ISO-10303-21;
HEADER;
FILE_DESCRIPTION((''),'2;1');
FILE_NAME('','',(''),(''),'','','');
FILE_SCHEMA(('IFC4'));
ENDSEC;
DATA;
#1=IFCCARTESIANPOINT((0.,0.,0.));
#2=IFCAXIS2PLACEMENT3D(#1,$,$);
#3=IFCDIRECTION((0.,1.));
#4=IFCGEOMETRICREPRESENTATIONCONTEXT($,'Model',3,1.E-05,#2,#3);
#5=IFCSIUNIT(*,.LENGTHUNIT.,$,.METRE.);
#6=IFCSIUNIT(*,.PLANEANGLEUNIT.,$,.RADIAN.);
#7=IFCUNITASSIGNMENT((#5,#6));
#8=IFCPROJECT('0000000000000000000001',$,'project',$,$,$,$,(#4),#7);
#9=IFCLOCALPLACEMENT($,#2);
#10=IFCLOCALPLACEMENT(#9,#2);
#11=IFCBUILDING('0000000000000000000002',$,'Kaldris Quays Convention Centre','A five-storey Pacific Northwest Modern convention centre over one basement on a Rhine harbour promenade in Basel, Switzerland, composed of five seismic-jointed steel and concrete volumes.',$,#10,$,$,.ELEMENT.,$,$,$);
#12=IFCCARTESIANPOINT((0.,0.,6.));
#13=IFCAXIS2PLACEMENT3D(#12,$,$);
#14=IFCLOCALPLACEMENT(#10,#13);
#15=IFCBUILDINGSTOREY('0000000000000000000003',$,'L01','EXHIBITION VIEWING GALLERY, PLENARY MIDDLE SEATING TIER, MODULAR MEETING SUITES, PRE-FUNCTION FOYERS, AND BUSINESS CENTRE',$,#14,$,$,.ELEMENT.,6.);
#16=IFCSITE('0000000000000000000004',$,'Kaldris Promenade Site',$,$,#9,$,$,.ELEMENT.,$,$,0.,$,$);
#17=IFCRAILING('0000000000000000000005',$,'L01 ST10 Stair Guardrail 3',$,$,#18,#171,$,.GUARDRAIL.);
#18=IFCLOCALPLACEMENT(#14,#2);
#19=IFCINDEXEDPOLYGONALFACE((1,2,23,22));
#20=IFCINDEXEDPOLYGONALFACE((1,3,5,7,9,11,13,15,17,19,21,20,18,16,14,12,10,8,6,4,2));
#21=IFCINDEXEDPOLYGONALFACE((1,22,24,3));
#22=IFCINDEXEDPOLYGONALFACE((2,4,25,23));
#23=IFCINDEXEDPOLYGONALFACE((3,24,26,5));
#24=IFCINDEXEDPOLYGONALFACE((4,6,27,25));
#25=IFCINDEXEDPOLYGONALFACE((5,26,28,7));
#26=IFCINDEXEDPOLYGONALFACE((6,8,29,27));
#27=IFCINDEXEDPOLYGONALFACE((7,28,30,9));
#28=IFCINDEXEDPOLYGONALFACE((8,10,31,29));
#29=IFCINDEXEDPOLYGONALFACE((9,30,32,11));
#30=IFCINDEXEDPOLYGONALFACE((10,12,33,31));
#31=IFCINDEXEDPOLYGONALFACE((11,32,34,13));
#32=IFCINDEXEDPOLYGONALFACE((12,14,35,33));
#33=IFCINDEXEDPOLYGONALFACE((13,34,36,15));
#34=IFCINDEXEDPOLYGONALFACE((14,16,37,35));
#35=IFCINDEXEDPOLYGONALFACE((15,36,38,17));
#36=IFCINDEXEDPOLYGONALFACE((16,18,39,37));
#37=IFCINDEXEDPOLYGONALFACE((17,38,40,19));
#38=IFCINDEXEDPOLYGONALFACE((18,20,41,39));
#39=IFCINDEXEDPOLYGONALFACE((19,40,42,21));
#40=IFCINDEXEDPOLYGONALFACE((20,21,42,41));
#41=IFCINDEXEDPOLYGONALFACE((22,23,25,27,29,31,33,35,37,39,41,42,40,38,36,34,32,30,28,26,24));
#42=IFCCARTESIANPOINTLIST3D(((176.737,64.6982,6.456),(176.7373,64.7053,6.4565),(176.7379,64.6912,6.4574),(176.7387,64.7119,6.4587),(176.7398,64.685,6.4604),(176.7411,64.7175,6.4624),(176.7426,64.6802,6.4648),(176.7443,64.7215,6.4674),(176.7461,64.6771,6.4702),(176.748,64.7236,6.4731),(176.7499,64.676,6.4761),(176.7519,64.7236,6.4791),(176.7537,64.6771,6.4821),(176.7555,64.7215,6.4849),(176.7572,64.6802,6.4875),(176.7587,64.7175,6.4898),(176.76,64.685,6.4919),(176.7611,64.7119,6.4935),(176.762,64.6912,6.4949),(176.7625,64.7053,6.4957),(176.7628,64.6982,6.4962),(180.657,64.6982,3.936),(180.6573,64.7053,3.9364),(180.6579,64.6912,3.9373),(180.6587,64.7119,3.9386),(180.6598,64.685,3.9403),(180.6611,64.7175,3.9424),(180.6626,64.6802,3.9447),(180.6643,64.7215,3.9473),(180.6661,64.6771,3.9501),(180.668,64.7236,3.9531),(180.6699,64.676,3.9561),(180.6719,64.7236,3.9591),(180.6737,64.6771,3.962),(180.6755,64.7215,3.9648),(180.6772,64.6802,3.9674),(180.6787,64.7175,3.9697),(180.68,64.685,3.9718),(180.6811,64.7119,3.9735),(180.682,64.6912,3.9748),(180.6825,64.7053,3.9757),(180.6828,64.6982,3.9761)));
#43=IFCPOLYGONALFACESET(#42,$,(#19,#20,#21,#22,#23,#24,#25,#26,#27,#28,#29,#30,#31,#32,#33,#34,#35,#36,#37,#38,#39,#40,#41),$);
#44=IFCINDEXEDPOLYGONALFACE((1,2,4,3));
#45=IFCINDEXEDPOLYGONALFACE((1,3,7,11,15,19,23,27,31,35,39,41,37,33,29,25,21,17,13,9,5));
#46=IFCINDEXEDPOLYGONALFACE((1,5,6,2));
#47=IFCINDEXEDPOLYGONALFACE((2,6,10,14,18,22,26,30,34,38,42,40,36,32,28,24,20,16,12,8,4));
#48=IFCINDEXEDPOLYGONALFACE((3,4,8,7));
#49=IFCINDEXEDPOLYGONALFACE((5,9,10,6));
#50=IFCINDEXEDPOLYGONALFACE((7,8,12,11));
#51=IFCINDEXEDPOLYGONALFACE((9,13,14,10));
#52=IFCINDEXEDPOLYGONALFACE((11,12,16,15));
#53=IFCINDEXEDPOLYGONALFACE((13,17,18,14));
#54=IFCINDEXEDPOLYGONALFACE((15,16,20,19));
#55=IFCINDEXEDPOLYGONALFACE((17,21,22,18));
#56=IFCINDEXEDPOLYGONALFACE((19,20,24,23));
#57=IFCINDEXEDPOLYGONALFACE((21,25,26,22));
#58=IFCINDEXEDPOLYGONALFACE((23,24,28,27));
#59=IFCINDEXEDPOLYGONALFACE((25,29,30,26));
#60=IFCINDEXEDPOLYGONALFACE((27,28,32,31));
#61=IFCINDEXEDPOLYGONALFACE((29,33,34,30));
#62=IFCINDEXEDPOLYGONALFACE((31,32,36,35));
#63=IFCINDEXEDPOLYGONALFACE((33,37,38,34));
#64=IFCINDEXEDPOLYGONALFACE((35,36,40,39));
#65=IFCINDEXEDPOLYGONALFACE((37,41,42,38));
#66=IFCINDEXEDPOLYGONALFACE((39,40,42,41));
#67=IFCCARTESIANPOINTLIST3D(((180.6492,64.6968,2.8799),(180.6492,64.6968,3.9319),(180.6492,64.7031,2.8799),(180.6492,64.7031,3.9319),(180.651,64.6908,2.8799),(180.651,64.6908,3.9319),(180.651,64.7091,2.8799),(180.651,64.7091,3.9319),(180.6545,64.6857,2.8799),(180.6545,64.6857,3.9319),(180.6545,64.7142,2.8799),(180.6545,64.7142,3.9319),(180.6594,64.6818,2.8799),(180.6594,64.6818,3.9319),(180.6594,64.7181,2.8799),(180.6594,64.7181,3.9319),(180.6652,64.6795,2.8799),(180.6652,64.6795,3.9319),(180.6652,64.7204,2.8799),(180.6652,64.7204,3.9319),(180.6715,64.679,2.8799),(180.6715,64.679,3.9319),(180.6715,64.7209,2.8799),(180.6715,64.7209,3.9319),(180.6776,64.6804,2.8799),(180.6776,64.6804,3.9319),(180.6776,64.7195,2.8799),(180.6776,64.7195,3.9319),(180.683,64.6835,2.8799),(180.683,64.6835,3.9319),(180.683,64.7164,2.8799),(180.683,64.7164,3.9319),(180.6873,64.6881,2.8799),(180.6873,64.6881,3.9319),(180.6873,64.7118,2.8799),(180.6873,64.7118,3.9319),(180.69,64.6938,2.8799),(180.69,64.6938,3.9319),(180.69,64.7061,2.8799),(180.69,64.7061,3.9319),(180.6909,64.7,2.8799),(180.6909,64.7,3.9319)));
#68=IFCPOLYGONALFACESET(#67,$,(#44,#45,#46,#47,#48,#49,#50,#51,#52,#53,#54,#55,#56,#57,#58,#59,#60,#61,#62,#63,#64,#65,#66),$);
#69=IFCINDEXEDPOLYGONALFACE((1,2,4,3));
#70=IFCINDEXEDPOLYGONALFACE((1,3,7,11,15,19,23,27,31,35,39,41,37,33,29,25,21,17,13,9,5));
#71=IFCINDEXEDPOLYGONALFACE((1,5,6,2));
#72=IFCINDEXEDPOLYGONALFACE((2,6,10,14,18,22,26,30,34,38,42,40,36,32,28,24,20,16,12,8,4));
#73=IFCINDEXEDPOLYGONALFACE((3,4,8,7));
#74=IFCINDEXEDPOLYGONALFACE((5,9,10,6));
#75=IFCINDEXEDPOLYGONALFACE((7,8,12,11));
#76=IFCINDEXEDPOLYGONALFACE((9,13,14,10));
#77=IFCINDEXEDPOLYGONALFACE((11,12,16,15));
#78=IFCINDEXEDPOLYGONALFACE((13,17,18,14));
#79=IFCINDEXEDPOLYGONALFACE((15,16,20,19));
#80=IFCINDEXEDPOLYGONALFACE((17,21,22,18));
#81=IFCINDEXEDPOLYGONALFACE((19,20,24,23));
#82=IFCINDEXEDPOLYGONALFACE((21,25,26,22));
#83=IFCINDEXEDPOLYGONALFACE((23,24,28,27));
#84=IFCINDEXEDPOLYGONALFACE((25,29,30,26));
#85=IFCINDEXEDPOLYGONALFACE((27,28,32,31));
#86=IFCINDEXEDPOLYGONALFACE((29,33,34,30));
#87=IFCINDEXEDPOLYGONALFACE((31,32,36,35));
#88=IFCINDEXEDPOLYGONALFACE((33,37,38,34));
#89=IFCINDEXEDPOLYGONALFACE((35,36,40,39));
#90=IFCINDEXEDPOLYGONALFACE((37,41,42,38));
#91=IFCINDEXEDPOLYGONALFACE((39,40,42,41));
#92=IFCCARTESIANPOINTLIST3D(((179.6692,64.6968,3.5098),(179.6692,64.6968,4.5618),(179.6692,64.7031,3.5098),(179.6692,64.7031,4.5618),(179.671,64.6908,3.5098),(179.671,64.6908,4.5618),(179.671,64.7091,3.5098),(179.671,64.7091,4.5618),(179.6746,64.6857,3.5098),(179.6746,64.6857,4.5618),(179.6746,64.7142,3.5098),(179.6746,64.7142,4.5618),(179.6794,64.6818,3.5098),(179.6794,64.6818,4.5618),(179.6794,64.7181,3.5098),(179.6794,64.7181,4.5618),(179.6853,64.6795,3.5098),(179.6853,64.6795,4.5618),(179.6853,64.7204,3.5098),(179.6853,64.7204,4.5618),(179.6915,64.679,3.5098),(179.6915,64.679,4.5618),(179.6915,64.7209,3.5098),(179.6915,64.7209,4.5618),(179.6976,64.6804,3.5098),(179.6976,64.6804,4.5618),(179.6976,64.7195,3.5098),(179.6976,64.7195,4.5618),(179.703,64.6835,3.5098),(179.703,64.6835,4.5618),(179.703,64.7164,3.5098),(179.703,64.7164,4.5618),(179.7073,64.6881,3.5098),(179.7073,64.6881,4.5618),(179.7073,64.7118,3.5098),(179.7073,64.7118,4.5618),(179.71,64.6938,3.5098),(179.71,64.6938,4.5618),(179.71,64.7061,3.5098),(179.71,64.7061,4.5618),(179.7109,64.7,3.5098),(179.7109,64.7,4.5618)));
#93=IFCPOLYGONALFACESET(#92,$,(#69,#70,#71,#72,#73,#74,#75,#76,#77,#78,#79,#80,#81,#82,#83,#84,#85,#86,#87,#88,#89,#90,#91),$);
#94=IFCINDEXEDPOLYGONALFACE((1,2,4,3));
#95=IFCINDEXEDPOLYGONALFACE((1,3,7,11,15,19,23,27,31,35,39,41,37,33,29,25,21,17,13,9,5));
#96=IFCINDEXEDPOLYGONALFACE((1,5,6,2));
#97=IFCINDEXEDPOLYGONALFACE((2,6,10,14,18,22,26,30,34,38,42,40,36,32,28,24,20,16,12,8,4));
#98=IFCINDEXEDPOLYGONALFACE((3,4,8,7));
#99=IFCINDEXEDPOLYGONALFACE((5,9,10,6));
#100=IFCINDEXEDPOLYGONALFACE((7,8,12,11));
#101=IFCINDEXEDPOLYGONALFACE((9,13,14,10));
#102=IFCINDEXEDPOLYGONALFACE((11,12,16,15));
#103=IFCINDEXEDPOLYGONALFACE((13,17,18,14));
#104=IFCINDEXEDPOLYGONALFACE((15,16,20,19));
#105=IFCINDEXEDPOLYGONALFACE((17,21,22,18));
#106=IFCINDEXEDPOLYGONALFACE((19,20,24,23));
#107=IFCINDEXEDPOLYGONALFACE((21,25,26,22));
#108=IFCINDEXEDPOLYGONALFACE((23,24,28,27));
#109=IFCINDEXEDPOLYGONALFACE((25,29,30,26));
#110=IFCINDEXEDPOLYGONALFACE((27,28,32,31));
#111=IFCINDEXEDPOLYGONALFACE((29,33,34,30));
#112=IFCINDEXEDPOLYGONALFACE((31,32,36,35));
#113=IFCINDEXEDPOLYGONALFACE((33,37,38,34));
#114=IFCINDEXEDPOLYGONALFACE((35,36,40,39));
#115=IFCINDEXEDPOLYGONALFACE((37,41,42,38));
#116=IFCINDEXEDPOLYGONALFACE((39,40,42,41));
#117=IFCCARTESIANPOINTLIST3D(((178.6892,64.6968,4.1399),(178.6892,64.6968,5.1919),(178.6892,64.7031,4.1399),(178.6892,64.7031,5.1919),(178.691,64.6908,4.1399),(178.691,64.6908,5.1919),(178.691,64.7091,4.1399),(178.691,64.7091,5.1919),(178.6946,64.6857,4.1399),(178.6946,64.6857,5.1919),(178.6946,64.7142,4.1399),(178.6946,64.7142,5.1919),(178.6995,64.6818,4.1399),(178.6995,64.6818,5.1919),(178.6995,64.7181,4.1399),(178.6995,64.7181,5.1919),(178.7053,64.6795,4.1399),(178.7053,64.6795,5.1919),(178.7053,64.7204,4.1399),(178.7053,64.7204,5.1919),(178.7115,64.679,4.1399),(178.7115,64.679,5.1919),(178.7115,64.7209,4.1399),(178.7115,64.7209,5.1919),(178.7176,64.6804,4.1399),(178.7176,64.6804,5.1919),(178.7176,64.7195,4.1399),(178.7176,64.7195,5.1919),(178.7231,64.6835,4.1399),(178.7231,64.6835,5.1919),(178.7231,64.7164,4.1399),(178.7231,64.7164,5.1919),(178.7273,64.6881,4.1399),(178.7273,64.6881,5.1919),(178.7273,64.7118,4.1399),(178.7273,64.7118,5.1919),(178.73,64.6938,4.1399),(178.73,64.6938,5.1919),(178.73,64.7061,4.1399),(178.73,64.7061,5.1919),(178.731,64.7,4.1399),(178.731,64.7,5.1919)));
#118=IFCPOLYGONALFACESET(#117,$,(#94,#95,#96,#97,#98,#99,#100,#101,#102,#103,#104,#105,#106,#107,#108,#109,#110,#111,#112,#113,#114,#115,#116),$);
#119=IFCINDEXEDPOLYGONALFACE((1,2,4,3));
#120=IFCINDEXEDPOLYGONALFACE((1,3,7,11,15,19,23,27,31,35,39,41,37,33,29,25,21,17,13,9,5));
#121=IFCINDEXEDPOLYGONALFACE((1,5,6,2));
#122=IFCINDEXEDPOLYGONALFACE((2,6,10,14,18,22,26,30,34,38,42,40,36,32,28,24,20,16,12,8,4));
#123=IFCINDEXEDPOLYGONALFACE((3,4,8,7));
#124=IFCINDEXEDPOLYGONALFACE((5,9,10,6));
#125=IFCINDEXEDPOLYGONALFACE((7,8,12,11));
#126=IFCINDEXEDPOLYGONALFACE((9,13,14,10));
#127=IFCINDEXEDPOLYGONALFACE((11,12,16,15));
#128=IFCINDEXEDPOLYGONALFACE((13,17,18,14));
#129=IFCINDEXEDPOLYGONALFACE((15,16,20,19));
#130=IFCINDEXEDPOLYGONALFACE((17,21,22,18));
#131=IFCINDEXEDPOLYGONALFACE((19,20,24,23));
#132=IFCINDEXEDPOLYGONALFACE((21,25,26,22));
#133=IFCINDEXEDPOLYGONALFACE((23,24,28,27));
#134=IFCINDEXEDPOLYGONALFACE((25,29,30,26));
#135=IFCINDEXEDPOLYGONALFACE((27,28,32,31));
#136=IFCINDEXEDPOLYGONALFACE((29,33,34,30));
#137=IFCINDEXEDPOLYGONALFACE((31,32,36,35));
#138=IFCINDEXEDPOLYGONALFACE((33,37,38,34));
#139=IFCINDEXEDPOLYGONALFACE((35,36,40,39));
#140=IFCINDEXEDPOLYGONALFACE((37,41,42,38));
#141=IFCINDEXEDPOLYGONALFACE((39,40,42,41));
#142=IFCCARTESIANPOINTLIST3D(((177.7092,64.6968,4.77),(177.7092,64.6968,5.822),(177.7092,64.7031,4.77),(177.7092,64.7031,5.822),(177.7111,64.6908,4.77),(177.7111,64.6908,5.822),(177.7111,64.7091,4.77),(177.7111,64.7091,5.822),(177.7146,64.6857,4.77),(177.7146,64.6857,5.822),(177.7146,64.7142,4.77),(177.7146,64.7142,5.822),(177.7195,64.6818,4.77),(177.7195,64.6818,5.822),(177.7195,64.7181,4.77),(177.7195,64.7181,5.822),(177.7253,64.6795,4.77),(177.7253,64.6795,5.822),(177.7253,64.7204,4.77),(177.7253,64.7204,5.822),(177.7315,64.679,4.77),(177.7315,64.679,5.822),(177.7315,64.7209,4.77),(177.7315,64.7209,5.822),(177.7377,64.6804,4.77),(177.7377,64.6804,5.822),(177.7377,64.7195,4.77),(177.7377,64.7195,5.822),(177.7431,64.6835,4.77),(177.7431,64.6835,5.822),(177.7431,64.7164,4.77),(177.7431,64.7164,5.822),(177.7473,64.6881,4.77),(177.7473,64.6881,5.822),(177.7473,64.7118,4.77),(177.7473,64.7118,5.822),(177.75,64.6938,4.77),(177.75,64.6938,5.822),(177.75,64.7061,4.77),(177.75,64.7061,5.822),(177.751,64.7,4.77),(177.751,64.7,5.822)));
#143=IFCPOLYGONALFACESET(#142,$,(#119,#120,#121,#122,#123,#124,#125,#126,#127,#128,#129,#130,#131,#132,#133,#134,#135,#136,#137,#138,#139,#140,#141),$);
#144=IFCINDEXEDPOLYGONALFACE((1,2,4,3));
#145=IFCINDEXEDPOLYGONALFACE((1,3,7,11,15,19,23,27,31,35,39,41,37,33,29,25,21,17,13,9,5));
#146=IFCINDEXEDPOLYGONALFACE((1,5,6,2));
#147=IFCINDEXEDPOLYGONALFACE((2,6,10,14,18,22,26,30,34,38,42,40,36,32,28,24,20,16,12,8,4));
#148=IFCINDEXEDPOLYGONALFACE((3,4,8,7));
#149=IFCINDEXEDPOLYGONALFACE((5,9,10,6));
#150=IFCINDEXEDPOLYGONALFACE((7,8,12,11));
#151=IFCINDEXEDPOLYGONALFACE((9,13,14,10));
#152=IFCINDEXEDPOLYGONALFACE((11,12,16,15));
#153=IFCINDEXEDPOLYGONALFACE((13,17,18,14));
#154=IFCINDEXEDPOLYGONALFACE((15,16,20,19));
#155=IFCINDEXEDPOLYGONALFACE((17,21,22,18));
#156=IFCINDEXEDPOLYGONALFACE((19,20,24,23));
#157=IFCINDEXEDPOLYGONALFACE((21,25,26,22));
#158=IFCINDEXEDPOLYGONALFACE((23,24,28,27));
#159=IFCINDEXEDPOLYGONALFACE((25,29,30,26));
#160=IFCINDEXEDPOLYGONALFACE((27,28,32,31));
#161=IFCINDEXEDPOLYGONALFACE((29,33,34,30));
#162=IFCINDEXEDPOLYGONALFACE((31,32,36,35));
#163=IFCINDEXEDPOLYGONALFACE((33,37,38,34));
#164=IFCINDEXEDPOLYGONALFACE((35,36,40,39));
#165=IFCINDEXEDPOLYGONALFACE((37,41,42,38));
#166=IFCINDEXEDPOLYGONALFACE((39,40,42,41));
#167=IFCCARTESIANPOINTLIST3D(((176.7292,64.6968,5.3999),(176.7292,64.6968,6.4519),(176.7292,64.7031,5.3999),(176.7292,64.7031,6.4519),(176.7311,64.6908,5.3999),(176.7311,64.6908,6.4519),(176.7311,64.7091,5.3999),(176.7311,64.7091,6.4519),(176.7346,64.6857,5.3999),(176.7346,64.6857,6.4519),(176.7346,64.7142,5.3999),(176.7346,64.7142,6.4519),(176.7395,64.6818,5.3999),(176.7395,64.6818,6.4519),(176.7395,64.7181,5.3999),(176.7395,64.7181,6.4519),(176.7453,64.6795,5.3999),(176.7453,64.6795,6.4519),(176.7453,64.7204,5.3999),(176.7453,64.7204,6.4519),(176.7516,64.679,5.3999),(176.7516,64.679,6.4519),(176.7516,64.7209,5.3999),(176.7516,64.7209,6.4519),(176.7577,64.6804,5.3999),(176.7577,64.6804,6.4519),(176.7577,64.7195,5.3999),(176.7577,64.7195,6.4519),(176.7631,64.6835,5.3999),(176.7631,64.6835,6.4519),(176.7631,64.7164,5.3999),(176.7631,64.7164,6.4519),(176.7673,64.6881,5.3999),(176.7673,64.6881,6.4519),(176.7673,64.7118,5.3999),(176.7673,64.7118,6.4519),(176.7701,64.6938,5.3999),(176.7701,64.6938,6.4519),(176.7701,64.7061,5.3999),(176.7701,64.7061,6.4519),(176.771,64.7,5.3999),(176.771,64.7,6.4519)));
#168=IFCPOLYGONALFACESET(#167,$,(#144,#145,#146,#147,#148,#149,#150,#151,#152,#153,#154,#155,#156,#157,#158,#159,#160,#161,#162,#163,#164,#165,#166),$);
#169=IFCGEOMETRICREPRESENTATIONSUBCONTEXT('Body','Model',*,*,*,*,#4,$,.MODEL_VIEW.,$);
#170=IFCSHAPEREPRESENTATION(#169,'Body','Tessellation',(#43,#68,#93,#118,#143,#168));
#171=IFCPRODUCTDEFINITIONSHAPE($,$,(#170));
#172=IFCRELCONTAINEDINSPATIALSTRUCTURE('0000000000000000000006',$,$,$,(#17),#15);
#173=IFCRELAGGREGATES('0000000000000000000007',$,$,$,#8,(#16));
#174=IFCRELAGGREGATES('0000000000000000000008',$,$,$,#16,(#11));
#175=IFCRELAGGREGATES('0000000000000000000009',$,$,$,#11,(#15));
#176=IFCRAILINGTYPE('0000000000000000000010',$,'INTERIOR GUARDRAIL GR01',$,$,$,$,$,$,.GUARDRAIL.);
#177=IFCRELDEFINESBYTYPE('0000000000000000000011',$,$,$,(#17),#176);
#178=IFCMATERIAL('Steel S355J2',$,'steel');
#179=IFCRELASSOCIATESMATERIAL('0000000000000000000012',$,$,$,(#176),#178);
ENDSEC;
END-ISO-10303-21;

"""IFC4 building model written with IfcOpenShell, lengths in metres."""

from ifc_helpers import new_model, si_unit, direction, frame, origin, origin_2d, place, context, subcontext, project, spatial, circle, extrude, material, type_object, element, save


model = new_model("IFC4")

# Units and contexts
model_context = context("Model", 3, precision=1e-05, world=origin(), true_north=direction((0.0, 1.0)))
body_context = subcontext(model_context, "Body", "Model", "MODEL_VIEW")
ifc_project = project(units=[si_unit("LENGTHUNIT", "METRE"), si_unit("PLANEANGLEUNIT", "RADIAN")], contexts=[model_context])

# Site, building, storey
site_placement = place(None, origin())
site = spatial("IfcSite", under=ifc_project, at=site_placement, Name="Kaldris Promenade Site", CompositionType="ELEMENT", RefElevation=0.0)
building_placement = place(site_placement, origin())
building = spatial("IfcBuilding", under=site, at=building_placement, Name="Kaldris Quays Convention Centre", Description="A five-storey Pacific Northwest Modern convention centre over one basement on a Rhine harbour promenade in Basel, Switzerland, composed of five seismic-jointed steel and concrete volumes.", CompositionType="ELEMENT")
storey_placement = place(building_placement, frame((0.0, 0.0, 6.0)))
storey = spatial("IfcBuildingStorey", under=building, at=storey_placement, Name="L01", Description="EXHIBITION VIEWING GALLERY, PLENARY MIDDLE SEATING TIER, MODULAR MEETING SUITES, PRE-FUNCTION FOYERS, AND BUSINESS CENTRE", CompositionType="ELEMENT", Elevation=6.0)

# Shared definitions
ifc_material_1 = material(Name="Steel S355J2", Category="steel")

# Railing
railing_type_1 = type_object("IfcRailingType", Name="INTERIOR GUARDRAIL GR01", PredefinedType="GUARDRAIL", material=ifc_material_1)
railing_1_placement = place(storey_placement, frame((180.6699, 64.7, 2.8799)))
element("IfcRailing", 1, at=railing_1_placement, inside=storey, type_object=railing_type_1, Name="L01 ST10 Stair Guardrail 3", PredefinedType="GUARDRAIL", context=body_context, shape_type="SweptSolid", body=[
    extrude(circle(Radius=0.0239, at=origin_2d()), frame((0.0, 0.0, 1.0762), z_axis=(-0.841172, 0.0, 0.540768), x_axis=(0.0, -1.0, 0.0)), (0.0, 0.0, 1.0), 4.6602),
    extrude(circle(Radius=0.021, at=origin_2d()), origin(), (0.0, 0.0, 1.0), 1.052),
    extrude(circle(Radius=0.021, at=origin_2d()), frame((-0.98, 0.0, 0.6299)), (0.0, 0.0, 1.0), 1.052),
    extrude(circle(Radius=0.021, at=origin_2d()), frame((-1.96, 0.0, 1.26)), (0.0, 0.0, 1.0), 1.052),
    extrude(circle(Radius=0.021, at=origin_2d()), frame((-2.9399, 0.0, 1.8901)), (0.0, 0.0, 1.0), 1.052),
    extrude(circle(Radius=0.021, at=origin_2d()), frame((-3.9199, 0.0, 2.52)), (0.0, 0.0, 1.0), 1.052),
])

save(model, "model.ifc")
